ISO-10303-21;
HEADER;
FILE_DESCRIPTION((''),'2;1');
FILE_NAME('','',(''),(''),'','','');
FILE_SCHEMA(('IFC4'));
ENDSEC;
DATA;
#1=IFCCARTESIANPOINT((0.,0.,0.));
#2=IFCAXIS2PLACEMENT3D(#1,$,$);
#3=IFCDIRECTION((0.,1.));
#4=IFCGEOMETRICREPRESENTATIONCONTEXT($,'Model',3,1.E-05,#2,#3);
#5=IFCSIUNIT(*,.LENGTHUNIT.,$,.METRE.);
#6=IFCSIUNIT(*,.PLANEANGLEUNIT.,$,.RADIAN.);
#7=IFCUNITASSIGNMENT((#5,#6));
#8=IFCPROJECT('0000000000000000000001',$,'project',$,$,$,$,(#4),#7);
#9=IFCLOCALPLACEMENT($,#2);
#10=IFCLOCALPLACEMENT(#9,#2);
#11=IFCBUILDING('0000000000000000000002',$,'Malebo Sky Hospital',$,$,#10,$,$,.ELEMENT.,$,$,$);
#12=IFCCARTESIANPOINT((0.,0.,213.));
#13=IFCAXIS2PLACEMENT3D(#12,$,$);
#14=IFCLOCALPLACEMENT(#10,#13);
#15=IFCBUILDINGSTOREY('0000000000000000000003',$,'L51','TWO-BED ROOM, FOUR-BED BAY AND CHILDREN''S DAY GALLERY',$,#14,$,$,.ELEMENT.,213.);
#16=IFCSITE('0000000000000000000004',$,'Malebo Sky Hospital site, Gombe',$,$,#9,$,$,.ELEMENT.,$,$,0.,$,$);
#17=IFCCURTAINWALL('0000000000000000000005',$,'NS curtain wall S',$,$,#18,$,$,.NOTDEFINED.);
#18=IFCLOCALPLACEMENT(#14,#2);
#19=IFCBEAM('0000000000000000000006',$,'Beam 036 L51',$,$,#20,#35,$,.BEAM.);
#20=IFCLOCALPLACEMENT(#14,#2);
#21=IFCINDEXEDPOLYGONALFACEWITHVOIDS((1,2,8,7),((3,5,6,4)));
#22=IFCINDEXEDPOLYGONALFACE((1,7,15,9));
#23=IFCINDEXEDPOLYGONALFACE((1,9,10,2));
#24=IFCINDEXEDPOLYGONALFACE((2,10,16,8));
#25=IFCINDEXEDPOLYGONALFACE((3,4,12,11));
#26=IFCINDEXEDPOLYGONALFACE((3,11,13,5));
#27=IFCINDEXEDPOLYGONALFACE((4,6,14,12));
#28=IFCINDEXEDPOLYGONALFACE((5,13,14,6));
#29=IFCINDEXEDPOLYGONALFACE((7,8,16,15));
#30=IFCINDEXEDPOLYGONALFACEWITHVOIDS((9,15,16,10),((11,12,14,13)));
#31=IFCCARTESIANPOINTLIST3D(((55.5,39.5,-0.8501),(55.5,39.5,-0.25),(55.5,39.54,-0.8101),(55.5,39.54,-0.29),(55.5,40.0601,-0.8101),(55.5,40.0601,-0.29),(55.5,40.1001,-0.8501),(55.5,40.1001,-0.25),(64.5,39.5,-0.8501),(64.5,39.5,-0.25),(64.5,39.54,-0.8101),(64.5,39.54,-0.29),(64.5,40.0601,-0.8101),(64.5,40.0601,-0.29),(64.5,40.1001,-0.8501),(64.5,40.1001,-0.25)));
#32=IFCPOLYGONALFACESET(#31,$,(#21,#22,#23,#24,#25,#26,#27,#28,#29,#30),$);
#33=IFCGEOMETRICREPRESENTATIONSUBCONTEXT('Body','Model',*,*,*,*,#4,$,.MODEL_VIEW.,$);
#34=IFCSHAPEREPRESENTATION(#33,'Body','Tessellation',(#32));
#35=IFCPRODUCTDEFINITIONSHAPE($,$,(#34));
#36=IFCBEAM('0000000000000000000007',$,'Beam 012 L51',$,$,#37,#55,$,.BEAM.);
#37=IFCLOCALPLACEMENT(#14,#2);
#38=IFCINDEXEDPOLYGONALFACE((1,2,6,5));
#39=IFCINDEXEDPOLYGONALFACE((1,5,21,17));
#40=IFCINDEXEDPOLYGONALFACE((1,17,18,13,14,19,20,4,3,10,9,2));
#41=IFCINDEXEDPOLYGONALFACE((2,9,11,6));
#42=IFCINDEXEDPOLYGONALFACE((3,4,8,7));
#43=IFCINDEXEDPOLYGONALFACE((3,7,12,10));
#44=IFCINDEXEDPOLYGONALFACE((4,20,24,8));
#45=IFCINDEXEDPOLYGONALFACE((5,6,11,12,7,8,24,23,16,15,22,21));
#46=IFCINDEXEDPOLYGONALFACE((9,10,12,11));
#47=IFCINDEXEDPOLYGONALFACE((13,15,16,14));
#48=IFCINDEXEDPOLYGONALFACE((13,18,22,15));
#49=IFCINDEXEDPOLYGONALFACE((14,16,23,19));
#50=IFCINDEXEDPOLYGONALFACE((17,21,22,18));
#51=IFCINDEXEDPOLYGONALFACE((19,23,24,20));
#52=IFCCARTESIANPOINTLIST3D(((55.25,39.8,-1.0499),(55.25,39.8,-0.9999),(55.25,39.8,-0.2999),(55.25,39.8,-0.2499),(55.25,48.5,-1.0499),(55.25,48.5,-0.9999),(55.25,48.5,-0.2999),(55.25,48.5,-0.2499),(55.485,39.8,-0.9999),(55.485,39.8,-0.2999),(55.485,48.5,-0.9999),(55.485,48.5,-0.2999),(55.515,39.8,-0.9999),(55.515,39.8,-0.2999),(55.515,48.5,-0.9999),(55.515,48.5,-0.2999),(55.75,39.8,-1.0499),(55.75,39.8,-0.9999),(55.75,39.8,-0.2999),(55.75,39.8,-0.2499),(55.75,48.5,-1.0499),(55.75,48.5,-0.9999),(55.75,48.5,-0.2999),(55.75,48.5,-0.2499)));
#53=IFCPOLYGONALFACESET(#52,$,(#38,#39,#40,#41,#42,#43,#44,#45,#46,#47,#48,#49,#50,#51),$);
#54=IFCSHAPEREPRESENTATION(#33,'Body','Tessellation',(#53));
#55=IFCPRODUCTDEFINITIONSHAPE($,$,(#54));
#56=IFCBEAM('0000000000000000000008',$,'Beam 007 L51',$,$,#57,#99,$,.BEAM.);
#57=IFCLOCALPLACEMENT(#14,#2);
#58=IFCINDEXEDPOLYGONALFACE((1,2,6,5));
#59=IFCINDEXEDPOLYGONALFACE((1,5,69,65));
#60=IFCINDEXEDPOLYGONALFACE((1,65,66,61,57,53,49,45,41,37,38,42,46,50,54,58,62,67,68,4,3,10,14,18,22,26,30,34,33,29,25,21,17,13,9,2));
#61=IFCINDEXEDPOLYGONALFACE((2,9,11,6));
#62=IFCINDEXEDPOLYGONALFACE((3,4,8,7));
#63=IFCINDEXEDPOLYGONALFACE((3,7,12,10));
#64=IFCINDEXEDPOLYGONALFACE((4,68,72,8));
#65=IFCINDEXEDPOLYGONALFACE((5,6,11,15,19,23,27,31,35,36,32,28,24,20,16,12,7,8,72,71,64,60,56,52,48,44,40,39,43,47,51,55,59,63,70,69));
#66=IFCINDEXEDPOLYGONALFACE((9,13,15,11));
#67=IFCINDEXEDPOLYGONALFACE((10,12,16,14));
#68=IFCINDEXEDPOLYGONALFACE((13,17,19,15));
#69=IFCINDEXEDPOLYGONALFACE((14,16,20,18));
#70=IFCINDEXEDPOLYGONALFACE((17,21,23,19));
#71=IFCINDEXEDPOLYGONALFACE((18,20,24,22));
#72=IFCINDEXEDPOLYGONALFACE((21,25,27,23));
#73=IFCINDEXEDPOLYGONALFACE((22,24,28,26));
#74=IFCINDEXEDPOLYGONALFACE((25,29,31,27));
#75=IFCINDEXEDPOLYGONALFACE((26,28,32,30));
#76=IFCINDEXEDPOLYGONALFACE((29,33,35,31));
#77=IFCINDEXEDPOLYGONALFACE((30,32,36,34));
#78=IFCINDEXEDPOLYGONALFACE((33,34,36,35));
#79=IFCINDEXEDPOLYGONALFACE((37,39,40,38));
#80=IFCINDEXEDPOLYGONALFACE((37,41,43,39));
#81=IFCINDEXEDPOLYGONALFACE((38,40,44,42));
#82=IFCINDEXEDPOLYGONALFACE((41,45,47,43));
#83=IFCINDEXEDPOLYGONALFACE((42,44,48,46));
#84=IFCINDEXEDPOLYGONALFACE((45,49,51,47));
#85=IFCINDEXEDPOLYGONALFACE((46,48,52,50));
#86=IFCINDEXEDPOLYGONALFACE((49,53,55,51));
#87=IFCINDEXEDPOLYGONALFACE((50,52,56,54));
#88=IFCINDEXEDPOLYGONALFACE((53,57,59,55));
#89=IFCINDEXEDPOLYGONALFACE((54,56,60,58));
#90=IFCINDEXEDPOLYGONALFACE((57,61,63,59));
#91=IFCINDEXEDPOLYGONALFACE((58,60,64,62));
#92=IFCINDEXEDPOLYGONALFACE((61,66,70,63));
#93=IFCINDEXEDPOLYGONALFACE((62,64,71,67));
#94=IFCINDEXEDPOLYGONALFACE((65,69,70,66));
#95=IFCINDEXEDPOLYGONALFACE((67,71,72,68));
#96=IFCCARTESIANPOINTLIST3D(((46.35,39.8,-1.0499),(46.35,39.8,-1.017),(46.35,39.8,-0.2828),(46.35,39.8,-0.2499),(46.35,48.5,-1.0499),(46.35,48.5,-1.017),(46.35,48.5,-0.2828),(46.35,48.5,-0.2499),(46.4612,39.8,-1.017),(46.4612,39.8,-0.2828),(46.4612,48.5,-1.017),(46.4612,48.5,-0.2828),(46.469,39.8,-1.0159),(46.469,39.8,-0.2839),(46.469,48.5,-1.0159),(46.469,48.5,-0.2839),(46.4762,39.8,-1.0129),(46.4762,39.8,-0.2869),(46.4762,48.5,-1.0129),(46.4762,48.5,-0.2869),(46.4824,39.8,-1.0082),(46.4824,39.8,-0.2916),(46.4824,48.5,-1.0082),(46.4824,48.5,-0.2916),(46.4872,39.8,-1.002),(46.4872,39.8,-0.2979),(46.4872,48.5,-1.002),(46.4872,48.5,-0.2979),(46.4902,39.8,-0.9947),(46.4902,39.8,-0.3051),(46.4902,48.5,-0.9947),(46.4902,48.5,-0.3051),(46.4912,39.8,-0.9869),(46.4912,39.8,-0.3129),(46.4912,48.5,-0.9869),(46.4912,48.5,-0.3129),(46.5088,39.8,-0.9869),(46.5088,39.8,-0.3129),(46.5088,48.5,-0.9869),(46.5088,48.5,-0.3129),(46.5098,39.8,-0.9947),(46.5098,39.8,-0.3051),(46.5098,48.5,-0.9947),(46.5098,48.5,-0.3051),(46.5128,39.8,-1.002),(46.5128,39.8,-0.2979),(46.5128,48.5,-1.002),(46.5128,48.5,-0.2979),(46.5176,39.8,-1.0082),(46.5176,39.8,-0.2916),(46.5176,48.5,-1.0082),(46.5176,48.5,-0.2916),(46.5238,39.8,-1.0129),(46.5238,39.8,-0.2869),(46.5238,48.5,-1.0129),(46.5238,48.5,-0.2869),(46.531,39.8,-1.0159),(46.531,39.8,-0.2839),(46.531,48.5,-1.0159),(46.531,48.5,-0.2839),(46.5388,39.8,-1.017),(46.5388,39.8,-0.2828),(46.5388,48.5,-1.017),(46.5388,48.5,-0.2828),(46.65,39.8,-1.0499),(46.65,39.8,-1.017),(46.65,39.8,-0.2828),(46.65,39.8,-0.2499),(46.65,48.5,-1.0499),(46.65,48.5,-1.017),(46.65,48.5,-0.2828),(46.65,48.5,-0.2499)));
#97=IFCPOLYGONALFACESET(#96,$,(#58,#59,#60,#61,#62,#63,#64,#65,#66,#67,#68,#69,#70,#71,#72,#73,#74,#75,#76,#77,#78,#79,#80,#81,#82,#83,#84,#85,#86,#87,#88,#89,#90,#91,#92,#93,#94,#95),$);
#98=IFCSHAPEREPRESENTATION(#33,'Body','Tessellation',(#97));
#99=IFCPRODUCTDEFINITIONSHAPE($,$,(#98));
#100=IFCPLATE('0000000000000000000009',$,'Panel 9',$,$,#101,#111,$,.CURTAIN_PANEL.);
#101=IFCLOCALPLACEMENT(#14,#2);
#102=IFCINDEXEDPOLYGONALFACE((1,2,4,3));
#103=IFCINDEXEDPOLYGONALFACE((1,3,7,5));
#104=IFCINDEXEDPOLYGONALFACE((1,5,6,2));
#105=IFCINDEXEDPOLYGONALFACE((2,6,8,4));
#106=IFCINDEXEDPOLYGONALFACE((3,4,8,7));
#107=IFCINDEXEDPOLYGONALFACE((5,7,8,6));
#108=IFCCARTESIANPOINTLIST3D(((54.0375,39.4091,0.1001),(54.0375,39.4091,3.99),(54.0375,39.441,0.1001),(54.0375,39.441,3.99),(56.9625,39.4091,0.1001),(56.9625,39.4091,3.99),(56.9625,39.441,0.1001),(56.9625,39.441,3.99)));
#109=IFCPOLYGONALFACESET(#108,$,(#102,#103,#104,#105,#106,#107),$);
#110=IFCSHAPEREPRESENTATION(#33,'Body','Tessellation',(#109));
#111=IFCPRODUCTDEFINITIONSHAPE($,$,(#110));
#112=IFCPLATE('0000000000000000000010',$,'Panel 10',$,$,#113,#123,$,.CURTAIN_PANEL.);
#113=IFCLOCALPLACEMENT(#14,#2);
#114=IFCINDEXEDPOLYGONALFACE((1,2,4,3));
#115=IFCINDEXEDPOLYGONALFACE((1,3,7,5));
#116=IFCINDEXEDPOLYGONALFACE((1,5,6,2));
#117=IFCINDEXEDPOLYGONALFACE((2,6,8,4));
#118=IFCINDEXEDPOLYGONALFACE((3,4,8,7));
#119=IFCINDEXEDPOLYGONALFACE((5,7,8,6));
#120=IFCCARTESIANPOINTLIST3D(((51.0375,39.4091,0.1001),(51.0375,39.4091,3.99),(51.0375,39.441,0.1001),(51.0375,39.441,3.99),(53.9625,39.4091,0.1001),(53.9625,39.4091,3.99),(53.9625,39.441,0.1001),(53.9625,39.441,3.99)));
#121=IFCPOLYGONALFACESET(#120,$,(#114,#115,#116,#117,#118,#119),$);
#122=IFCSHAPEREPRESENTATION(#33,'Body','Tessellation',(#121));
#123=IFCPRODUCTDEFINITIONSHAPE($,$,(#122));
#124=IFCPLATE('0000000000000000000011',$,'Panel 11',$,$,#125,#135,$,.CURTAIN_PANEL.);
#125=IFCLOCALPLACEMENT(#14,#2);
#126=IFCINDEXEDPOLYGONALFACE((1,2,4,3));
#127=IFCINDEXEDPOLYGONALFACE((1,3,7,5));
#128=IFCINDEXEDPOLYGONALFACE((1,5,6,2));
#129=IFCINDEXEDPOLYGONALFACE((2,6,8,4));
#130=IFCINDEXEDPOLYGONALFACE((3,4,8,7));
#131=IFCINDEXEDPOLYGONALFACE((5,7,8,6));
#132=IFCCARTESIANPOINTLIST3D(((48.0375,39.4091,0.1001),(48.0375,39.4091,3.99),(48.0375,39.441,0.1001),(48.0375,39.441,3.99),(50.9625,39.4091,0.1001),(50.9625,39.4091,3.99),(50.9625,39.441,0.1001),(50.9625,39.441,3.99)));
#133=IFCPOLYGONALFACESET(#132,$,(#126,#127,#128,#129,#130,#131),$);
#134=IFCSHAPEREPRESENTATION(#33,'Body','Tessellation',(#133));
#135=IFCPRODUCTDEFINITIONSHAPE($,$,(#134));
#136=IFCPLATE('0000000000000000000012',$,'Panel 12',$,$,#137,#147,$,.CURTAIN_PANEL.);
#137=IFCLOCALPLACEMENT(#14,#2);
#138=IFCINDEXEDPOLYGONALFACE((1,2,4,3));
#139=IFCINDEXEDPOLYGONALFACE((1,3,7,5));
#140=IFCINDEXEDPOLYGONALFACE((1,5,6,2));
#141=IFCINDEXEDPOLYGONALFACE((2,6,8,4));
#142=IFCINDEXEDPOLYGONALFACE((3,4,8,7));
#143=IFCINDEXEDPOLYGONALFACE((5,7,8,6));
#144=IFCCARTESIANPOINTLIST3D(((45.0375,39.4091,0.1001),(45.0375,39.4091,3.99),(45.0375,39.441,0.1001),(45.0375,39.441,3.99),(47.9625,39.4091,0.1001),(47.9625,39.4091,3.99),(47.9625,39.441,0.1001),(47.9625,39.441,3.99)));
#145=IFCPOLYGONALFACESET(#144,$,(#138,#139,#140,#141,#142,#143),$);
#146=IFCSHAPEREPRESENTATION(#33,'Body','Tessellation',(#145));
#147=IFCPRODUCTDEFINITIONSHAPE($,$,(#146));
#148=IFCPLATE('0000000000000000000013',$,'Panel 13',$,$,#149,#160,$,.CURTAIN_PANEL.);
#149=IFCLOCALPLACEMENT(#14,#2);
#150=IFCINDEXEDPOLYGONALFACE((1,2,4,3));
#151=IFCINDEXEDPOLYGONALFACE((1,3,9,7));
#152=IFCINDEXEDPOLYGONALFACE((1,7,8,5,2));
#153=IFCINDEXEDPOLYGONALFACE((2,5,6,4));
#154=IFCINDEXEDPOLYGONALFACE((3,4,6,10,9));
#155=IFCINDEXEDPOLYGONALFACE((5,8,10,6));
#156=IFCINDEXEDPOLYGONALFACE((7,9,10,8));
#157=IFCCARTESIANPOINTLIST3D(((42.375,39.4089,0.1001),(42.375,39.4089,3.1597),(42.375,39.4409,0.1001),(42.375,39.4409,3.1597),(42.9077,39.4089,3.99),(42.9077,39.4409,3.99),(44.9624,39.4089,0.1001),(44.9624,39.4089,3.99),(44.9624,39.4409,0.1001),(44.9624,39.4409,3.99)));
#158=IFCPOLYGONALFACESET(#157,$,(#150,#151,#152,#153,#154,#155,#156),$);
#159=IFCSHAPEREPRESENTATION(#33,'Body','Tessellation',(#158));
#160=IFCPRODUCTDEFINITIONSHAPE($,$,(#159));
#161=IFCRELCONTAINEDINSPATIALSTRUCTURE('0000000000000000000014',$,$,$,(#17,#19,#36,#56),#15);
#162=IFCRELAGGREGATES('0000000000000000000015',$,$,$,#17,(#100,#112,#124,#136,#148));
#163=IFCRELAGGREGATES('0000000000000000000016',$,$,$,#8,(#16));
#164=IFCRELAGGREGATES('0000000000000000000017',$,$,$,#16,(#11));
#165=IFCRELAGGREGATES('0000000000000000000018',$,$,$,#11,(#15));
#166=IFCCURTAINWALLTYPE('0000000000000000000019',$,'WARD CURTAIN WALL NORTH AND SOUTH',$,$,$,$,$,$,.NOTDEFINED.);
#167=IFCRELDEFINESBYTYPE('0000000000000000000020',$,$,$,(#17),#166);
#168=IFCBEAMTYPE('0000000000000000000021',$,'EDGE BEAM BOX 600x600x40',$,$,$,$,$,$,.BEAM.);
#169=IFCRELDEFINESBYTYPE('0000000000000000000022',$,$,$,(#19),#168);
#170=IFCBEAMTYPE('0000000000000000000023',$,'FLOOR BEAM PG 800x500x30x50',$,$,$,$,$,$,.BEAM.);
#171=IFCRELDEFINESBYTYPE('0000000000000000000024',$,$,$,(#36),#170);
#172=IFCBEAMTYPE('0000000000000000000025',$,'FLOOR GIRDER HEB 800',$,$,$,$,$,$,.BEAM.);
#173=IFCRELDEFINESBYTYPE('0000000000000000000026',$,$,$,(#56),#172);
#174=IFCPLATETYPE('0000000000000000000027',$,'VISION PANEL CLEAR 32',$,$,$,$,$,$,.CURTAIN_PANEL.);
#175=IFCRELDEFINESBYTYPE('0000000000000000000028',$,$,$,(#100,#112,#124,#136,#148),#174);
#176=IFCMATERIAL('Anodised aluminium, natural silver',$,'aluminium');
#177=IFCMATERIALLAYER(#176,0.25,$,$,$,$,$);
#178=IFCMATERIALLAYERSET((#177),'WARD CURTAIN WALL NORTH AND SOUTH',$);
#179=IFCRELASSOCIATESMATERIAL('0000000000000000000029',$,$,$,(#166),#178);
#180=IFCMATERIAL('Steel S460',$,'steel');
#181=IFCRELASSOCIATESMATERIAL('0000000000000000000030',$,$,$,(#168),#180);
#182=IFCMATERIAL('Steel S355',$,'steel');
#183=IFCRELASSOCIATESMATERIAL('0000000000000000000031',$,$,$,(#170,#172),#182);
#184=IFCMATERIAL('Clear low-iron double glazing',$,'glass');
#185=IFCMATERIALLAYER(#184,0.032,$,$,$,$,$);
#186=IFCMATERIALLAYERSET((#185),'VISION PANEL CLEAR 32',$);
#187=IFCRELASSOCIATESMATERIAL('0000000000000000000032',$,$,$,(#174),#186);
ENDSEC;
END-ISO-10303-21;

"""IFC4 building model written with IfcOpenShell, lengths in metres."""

from ifc_helpers import new_model, si_unit, direction, frame, origin, origin_2d, place, context, subcontext, project, spatial, polyline, rectangle, hollow_rectangle, i_section, outline, extrude, material, layer, layer_set, material_profile, profile_set, type_object, element, aggregate, save


model = new_model("IFC4")

# Units and contexts
model_context = context("Model", 3, precision=1e-05, world=origin(), true_north=direction((0.0, 1.0)))
body_context = subcontext(model_context, "Body", "Model", "MODEL_VIEW")
ifc_project = project(units=[si_unit("LENGTHUNIT", "METRE"), si_unit("PLANEANGLEUNIT", "RADIAN")], contexts=[model_context])

# Site, building, storey
site_placement = place(None, origin())
site = spatial("IfcSite", under=ifc_project, at=site_placement, Name="Malebo Sky Hospital site, Gombe", CompositionType="ELEMENT", RefElevation=0.0)
building_placement = place(site_placement, origin())
building = spatial("IfcBuilding", under=site, at=building_placement, Name="Malebo Sky Hospital", CompositionType="ELEMENT")
storey_placement = place(building_placement, frame((0.0, 0.0, 213.0)))
storey = spatial("IfcBuildingStorey", under=building, at=storey_placement, Name="L51", Description="TWO-BED ROOM, FOUR-BED BAY AND CHILDREN'S DAY GALLERY", CompositionType="ELEMENT", Elevation=213.0)

# Shared definitions
ifc_material_1 = material(Name="Steel S460", Category="steel")

# Curtain wall
ifc_material_2 = material(Name="Anodised aluminium, natural silver", Category="aluminium")
ifc_layer_1 = layer(ifc_material_2, 0.25)
ifc_layer_set_1 = layer_set([ifc_layer_1], Name="WARD CURTAIN WALL NORTH AND SOUTH")
curtain_wall_type = type_object("IfcCurtainWallType", Name="WARD CURTAIN WALL NORTH AND SOUTH", PredefinedType="NOTDEFINED", material=ifc_layer_set_1)
curtain_wall_placement = place(storey_placement, origin())
curtain_wall = element("IfcCurtainWall", 1, at=curtain_wall_placement, inside=storey, type_object=curtain_wall_type, Name="NS curtain wall S", PredefinedType="NOTDEFINED")

# Beams
ifc_material_profile_1 = material_profile(ifc_material_1, hollow_rectangle(XDim=0.6001, YDim=0.6001, WallThickness=0.04, at=origin_2d()), Name="BOX 600x600x40")
ifc_profile_set_1 = profile_set([ifc_material_profile_1], Name="Steel S460")
beam_type_1 = type_object("IfcBeamType", Name="EDGE BEAM BOX 600x600x40", PredefinedType="BEAM", material=ifc_profile_set_1)
for number, where, z_axis, x_axis, name in (
    (2, (55.5, 39.8, -0.55), (1.0, 0.0, 0.0), (0.0, 1.0, 0.0), "Beam 036 L51"),
):
    element("IfcBeam", number, at=place(storey_placement, frame(where, z_axis=z_axis, x_axis=x_axis)), inside=storey, type_object=beam_type_1, Name=name, PredefinedType="BEAM", context=body_context, shape_type="SweptSolid", body=[
        extrude(hollow_rectangle(XDim=0.6001, YDim=0.6001, WallThickness=0.04, at=origin_2d()), origin(), (0.0, 0.0, 1.0), 9.0),
    ])
ifc_material_3 = material(Name="Steel S355", Category="steel")
ifc_material_profile_2 = material_profile(ifc_material_3, i_section(OverallWidth=0.5, OverallDepth=0.8, WebThickness=0.03, FlangeThickness=0.05, at=origin_2d()), Name="PG 800x500x30x50")
ifc_profile_set_2 = profile_set([ifc_material_profile_2], Name="Steel S355")
beam_type_2 = type_object("IfcBeamType", Name="FLOOR BEAM PG 800x500x30x50", PredefinedType="BEAM", material=ifc_profile_set_2)
beam_1_placement = place(storey_placement, frame((55.5, 39.8, -0.6499), z_axis=(0.0, 1.0, 0.0), x_axis=(-1.0, 0.0, 0.0)))
element("IfcBeam", 3, at=beam_1_placement, inside=storey, type_object=beam_type_2, Name="Beam 012 L51", PredefinedType="BEAM", context=body_context, shape_type="SweptSolid", body=[
    extrude(i_section(OverallWidth=0.5, OverallDepth=0.8, WebThickness=0.03, FlangeThickness=0.05, at=origin_2d()), origin(), (0.0, 0.0, 1.0), 8.7),
])
ifc_material_profile_3 = material_profile(ifc_material_3, i_section(OverallWidth=0.3, OverallDepth=0.8, WebThickness=0.0176, FlangeThickness=0.033, FilletRadius=0.03, at=origin_2d()), Name="HEB 800")
ifc_profile_set_3 = profile_set([ifc_material_profile_3], Name="Steel S355")
beam_type_3 = type_object("IfcBeamType", Name="FLOOR GIRDER HEB 800", PredefinedType="BEAM", material=ifc_profile_set_3)
beam_2_placement = place(storey_placement, frame((46.5, 39.8, -0.6499), z_axis=(0.0, 1.0, 0.0), x_axis=(-1.0, 0.0, 0.0)))
element("IfcBeam", 4, at=beam_2_placement, inside=storey, type_object=beam_type_3, Name="Beam 007 L51", PredefinedType="BEAM", context=body_context, shape_type="SweptSolid", body=[
    extrude(i_section(OverallWidth=0.3, OverallDepth=0.8, WebThickness=0.0176, FlangeThickness=0.033, FilletRadius=0.03, at=origin_2d()), origin(), (0.0, 0.0, 1.0), 8.7),
])

# Plates
ifc_material_4 = material(Name="Clear low-iron double glazing", Category="glass")
ifc_layer_2 = layer(ifc_material_4, 0.032)
ifc_layer_set_2 = layer_set([ifc_layer_2], Name="VISION PANEL CLEAR 32")
plate_type = type_object("IfcPlateType", Name="VISION PANEL CLEAR 32", PredefinedType="CURTAIN_PANEL", material=ifc_layer_set_2)
plate_1_placement = place(storey_placement, frame((55.5, 39.425, 0.1001), z_axis=(0.0, 0.0, 1.0), x_axis=(-1.0, 0.0, 0.0)))
plate_1 = element("IfcPlate", 5, at=plate_1_placement, type_object=plate_type, Name="Panel 9", PredefinedType="CURTAIN_PANEL", context=body_context, shape_type="SweptSolid", body=[
    extrude(rectangle(XDim=2.925, YDim=0.032, at=origin_2d()), origin(), (0.0, 0.0, 1.0), 3.8899),
])
plate_2_placement = place(storey_placement, frame((52.5, 39.425, 0.1001), z_axis=(0.0, 0.0, 1.0), x_axis=(-1.0, 0.0, 0.0)))
plate_2 = element("IfcPlate", 6, at=plate_2_placement, type_object=plate_type, Name="Panel 10", PredefinedType="CURTAIN_PANEL", context=body_context, shape_type="SweptSolid", body=[
    extrude(rectangle(XDim=2.925, YDim=0.032, at=origin_2d()), origin(), (0.0, 0.0, 1.0), 3.8899),
])
plate_3_placement = place(storey_placement, frame((49.5, 39.425, 0.1001), z_axis=(0.0, 0.0, 1.0), x_axis=(-1.0, 0.0, 0.0)))
plate_3 = element("IfcPlate", 7, at=plate_3_placement, type_object=plate_type, Name="Panel 11", PredefinedType="CURTAIN_PANEL", context=body_context, shape_type="SweptSolid", body=[
    extrude(rectangle(XDim=2.925, YDim=0.032, at=origin_2d()), origin(), (0.0, 0.0, 1.0), 3.8899),
])
plate_4_placement = place(storey_placement, frame((46.5, 39.425, 0.1001), z_axis=(0.0, 0.0, 1.0), x_axis=(-1.0, 0.0, 0.0)))
plate_4 = element("IfcPlate", 8, at=plate_4_placement, type_object=plate_type, Name="Panel 12", PredefinedType="CURTAIN_PANEL", context=body_context, shape_type="SweptSolid", body=[
    extrude(rectangle(XDim=2.925, YDim=0.032, at=origin_2d()), origin(), (0.0, 0.0, 1.0), 3.8899),
])
plate_5_placement = place(storey_placement, frame((43.6687, 39.425, 0.1001), z_axis=(0.0, 0.0, 1.0), x_axis=(-1.0, 0.0, 0.0)))
plate_5 = element("IfcPlate", 9, at=plate_5_placement, type_object=plate_type, Name="Panel 13", PredefinedType="CURTAIN_PANEL", context=body_context, shape_type="SweptSolid", body=[
    extrude(outline(polyline([(-1.2937, 0.0), (1.2937, 0.0), (1.2937, 3.0596), (0.761, 3.8899), (-1.2937, 3.8899), (-1.2937, 0.0)])), frame((0.0, 0.0161, 0.0), z_axis=(0.0, -1.0, 0.0), x_axis=(1.0, 0.0, 0.0)), (0.0, 0.0, 1.0), 0.032),
])
aggregate(curtain_wall, [plate_1, plate_2, plate_3, plate_4, plate_5])

save(model, "model.ifc")
